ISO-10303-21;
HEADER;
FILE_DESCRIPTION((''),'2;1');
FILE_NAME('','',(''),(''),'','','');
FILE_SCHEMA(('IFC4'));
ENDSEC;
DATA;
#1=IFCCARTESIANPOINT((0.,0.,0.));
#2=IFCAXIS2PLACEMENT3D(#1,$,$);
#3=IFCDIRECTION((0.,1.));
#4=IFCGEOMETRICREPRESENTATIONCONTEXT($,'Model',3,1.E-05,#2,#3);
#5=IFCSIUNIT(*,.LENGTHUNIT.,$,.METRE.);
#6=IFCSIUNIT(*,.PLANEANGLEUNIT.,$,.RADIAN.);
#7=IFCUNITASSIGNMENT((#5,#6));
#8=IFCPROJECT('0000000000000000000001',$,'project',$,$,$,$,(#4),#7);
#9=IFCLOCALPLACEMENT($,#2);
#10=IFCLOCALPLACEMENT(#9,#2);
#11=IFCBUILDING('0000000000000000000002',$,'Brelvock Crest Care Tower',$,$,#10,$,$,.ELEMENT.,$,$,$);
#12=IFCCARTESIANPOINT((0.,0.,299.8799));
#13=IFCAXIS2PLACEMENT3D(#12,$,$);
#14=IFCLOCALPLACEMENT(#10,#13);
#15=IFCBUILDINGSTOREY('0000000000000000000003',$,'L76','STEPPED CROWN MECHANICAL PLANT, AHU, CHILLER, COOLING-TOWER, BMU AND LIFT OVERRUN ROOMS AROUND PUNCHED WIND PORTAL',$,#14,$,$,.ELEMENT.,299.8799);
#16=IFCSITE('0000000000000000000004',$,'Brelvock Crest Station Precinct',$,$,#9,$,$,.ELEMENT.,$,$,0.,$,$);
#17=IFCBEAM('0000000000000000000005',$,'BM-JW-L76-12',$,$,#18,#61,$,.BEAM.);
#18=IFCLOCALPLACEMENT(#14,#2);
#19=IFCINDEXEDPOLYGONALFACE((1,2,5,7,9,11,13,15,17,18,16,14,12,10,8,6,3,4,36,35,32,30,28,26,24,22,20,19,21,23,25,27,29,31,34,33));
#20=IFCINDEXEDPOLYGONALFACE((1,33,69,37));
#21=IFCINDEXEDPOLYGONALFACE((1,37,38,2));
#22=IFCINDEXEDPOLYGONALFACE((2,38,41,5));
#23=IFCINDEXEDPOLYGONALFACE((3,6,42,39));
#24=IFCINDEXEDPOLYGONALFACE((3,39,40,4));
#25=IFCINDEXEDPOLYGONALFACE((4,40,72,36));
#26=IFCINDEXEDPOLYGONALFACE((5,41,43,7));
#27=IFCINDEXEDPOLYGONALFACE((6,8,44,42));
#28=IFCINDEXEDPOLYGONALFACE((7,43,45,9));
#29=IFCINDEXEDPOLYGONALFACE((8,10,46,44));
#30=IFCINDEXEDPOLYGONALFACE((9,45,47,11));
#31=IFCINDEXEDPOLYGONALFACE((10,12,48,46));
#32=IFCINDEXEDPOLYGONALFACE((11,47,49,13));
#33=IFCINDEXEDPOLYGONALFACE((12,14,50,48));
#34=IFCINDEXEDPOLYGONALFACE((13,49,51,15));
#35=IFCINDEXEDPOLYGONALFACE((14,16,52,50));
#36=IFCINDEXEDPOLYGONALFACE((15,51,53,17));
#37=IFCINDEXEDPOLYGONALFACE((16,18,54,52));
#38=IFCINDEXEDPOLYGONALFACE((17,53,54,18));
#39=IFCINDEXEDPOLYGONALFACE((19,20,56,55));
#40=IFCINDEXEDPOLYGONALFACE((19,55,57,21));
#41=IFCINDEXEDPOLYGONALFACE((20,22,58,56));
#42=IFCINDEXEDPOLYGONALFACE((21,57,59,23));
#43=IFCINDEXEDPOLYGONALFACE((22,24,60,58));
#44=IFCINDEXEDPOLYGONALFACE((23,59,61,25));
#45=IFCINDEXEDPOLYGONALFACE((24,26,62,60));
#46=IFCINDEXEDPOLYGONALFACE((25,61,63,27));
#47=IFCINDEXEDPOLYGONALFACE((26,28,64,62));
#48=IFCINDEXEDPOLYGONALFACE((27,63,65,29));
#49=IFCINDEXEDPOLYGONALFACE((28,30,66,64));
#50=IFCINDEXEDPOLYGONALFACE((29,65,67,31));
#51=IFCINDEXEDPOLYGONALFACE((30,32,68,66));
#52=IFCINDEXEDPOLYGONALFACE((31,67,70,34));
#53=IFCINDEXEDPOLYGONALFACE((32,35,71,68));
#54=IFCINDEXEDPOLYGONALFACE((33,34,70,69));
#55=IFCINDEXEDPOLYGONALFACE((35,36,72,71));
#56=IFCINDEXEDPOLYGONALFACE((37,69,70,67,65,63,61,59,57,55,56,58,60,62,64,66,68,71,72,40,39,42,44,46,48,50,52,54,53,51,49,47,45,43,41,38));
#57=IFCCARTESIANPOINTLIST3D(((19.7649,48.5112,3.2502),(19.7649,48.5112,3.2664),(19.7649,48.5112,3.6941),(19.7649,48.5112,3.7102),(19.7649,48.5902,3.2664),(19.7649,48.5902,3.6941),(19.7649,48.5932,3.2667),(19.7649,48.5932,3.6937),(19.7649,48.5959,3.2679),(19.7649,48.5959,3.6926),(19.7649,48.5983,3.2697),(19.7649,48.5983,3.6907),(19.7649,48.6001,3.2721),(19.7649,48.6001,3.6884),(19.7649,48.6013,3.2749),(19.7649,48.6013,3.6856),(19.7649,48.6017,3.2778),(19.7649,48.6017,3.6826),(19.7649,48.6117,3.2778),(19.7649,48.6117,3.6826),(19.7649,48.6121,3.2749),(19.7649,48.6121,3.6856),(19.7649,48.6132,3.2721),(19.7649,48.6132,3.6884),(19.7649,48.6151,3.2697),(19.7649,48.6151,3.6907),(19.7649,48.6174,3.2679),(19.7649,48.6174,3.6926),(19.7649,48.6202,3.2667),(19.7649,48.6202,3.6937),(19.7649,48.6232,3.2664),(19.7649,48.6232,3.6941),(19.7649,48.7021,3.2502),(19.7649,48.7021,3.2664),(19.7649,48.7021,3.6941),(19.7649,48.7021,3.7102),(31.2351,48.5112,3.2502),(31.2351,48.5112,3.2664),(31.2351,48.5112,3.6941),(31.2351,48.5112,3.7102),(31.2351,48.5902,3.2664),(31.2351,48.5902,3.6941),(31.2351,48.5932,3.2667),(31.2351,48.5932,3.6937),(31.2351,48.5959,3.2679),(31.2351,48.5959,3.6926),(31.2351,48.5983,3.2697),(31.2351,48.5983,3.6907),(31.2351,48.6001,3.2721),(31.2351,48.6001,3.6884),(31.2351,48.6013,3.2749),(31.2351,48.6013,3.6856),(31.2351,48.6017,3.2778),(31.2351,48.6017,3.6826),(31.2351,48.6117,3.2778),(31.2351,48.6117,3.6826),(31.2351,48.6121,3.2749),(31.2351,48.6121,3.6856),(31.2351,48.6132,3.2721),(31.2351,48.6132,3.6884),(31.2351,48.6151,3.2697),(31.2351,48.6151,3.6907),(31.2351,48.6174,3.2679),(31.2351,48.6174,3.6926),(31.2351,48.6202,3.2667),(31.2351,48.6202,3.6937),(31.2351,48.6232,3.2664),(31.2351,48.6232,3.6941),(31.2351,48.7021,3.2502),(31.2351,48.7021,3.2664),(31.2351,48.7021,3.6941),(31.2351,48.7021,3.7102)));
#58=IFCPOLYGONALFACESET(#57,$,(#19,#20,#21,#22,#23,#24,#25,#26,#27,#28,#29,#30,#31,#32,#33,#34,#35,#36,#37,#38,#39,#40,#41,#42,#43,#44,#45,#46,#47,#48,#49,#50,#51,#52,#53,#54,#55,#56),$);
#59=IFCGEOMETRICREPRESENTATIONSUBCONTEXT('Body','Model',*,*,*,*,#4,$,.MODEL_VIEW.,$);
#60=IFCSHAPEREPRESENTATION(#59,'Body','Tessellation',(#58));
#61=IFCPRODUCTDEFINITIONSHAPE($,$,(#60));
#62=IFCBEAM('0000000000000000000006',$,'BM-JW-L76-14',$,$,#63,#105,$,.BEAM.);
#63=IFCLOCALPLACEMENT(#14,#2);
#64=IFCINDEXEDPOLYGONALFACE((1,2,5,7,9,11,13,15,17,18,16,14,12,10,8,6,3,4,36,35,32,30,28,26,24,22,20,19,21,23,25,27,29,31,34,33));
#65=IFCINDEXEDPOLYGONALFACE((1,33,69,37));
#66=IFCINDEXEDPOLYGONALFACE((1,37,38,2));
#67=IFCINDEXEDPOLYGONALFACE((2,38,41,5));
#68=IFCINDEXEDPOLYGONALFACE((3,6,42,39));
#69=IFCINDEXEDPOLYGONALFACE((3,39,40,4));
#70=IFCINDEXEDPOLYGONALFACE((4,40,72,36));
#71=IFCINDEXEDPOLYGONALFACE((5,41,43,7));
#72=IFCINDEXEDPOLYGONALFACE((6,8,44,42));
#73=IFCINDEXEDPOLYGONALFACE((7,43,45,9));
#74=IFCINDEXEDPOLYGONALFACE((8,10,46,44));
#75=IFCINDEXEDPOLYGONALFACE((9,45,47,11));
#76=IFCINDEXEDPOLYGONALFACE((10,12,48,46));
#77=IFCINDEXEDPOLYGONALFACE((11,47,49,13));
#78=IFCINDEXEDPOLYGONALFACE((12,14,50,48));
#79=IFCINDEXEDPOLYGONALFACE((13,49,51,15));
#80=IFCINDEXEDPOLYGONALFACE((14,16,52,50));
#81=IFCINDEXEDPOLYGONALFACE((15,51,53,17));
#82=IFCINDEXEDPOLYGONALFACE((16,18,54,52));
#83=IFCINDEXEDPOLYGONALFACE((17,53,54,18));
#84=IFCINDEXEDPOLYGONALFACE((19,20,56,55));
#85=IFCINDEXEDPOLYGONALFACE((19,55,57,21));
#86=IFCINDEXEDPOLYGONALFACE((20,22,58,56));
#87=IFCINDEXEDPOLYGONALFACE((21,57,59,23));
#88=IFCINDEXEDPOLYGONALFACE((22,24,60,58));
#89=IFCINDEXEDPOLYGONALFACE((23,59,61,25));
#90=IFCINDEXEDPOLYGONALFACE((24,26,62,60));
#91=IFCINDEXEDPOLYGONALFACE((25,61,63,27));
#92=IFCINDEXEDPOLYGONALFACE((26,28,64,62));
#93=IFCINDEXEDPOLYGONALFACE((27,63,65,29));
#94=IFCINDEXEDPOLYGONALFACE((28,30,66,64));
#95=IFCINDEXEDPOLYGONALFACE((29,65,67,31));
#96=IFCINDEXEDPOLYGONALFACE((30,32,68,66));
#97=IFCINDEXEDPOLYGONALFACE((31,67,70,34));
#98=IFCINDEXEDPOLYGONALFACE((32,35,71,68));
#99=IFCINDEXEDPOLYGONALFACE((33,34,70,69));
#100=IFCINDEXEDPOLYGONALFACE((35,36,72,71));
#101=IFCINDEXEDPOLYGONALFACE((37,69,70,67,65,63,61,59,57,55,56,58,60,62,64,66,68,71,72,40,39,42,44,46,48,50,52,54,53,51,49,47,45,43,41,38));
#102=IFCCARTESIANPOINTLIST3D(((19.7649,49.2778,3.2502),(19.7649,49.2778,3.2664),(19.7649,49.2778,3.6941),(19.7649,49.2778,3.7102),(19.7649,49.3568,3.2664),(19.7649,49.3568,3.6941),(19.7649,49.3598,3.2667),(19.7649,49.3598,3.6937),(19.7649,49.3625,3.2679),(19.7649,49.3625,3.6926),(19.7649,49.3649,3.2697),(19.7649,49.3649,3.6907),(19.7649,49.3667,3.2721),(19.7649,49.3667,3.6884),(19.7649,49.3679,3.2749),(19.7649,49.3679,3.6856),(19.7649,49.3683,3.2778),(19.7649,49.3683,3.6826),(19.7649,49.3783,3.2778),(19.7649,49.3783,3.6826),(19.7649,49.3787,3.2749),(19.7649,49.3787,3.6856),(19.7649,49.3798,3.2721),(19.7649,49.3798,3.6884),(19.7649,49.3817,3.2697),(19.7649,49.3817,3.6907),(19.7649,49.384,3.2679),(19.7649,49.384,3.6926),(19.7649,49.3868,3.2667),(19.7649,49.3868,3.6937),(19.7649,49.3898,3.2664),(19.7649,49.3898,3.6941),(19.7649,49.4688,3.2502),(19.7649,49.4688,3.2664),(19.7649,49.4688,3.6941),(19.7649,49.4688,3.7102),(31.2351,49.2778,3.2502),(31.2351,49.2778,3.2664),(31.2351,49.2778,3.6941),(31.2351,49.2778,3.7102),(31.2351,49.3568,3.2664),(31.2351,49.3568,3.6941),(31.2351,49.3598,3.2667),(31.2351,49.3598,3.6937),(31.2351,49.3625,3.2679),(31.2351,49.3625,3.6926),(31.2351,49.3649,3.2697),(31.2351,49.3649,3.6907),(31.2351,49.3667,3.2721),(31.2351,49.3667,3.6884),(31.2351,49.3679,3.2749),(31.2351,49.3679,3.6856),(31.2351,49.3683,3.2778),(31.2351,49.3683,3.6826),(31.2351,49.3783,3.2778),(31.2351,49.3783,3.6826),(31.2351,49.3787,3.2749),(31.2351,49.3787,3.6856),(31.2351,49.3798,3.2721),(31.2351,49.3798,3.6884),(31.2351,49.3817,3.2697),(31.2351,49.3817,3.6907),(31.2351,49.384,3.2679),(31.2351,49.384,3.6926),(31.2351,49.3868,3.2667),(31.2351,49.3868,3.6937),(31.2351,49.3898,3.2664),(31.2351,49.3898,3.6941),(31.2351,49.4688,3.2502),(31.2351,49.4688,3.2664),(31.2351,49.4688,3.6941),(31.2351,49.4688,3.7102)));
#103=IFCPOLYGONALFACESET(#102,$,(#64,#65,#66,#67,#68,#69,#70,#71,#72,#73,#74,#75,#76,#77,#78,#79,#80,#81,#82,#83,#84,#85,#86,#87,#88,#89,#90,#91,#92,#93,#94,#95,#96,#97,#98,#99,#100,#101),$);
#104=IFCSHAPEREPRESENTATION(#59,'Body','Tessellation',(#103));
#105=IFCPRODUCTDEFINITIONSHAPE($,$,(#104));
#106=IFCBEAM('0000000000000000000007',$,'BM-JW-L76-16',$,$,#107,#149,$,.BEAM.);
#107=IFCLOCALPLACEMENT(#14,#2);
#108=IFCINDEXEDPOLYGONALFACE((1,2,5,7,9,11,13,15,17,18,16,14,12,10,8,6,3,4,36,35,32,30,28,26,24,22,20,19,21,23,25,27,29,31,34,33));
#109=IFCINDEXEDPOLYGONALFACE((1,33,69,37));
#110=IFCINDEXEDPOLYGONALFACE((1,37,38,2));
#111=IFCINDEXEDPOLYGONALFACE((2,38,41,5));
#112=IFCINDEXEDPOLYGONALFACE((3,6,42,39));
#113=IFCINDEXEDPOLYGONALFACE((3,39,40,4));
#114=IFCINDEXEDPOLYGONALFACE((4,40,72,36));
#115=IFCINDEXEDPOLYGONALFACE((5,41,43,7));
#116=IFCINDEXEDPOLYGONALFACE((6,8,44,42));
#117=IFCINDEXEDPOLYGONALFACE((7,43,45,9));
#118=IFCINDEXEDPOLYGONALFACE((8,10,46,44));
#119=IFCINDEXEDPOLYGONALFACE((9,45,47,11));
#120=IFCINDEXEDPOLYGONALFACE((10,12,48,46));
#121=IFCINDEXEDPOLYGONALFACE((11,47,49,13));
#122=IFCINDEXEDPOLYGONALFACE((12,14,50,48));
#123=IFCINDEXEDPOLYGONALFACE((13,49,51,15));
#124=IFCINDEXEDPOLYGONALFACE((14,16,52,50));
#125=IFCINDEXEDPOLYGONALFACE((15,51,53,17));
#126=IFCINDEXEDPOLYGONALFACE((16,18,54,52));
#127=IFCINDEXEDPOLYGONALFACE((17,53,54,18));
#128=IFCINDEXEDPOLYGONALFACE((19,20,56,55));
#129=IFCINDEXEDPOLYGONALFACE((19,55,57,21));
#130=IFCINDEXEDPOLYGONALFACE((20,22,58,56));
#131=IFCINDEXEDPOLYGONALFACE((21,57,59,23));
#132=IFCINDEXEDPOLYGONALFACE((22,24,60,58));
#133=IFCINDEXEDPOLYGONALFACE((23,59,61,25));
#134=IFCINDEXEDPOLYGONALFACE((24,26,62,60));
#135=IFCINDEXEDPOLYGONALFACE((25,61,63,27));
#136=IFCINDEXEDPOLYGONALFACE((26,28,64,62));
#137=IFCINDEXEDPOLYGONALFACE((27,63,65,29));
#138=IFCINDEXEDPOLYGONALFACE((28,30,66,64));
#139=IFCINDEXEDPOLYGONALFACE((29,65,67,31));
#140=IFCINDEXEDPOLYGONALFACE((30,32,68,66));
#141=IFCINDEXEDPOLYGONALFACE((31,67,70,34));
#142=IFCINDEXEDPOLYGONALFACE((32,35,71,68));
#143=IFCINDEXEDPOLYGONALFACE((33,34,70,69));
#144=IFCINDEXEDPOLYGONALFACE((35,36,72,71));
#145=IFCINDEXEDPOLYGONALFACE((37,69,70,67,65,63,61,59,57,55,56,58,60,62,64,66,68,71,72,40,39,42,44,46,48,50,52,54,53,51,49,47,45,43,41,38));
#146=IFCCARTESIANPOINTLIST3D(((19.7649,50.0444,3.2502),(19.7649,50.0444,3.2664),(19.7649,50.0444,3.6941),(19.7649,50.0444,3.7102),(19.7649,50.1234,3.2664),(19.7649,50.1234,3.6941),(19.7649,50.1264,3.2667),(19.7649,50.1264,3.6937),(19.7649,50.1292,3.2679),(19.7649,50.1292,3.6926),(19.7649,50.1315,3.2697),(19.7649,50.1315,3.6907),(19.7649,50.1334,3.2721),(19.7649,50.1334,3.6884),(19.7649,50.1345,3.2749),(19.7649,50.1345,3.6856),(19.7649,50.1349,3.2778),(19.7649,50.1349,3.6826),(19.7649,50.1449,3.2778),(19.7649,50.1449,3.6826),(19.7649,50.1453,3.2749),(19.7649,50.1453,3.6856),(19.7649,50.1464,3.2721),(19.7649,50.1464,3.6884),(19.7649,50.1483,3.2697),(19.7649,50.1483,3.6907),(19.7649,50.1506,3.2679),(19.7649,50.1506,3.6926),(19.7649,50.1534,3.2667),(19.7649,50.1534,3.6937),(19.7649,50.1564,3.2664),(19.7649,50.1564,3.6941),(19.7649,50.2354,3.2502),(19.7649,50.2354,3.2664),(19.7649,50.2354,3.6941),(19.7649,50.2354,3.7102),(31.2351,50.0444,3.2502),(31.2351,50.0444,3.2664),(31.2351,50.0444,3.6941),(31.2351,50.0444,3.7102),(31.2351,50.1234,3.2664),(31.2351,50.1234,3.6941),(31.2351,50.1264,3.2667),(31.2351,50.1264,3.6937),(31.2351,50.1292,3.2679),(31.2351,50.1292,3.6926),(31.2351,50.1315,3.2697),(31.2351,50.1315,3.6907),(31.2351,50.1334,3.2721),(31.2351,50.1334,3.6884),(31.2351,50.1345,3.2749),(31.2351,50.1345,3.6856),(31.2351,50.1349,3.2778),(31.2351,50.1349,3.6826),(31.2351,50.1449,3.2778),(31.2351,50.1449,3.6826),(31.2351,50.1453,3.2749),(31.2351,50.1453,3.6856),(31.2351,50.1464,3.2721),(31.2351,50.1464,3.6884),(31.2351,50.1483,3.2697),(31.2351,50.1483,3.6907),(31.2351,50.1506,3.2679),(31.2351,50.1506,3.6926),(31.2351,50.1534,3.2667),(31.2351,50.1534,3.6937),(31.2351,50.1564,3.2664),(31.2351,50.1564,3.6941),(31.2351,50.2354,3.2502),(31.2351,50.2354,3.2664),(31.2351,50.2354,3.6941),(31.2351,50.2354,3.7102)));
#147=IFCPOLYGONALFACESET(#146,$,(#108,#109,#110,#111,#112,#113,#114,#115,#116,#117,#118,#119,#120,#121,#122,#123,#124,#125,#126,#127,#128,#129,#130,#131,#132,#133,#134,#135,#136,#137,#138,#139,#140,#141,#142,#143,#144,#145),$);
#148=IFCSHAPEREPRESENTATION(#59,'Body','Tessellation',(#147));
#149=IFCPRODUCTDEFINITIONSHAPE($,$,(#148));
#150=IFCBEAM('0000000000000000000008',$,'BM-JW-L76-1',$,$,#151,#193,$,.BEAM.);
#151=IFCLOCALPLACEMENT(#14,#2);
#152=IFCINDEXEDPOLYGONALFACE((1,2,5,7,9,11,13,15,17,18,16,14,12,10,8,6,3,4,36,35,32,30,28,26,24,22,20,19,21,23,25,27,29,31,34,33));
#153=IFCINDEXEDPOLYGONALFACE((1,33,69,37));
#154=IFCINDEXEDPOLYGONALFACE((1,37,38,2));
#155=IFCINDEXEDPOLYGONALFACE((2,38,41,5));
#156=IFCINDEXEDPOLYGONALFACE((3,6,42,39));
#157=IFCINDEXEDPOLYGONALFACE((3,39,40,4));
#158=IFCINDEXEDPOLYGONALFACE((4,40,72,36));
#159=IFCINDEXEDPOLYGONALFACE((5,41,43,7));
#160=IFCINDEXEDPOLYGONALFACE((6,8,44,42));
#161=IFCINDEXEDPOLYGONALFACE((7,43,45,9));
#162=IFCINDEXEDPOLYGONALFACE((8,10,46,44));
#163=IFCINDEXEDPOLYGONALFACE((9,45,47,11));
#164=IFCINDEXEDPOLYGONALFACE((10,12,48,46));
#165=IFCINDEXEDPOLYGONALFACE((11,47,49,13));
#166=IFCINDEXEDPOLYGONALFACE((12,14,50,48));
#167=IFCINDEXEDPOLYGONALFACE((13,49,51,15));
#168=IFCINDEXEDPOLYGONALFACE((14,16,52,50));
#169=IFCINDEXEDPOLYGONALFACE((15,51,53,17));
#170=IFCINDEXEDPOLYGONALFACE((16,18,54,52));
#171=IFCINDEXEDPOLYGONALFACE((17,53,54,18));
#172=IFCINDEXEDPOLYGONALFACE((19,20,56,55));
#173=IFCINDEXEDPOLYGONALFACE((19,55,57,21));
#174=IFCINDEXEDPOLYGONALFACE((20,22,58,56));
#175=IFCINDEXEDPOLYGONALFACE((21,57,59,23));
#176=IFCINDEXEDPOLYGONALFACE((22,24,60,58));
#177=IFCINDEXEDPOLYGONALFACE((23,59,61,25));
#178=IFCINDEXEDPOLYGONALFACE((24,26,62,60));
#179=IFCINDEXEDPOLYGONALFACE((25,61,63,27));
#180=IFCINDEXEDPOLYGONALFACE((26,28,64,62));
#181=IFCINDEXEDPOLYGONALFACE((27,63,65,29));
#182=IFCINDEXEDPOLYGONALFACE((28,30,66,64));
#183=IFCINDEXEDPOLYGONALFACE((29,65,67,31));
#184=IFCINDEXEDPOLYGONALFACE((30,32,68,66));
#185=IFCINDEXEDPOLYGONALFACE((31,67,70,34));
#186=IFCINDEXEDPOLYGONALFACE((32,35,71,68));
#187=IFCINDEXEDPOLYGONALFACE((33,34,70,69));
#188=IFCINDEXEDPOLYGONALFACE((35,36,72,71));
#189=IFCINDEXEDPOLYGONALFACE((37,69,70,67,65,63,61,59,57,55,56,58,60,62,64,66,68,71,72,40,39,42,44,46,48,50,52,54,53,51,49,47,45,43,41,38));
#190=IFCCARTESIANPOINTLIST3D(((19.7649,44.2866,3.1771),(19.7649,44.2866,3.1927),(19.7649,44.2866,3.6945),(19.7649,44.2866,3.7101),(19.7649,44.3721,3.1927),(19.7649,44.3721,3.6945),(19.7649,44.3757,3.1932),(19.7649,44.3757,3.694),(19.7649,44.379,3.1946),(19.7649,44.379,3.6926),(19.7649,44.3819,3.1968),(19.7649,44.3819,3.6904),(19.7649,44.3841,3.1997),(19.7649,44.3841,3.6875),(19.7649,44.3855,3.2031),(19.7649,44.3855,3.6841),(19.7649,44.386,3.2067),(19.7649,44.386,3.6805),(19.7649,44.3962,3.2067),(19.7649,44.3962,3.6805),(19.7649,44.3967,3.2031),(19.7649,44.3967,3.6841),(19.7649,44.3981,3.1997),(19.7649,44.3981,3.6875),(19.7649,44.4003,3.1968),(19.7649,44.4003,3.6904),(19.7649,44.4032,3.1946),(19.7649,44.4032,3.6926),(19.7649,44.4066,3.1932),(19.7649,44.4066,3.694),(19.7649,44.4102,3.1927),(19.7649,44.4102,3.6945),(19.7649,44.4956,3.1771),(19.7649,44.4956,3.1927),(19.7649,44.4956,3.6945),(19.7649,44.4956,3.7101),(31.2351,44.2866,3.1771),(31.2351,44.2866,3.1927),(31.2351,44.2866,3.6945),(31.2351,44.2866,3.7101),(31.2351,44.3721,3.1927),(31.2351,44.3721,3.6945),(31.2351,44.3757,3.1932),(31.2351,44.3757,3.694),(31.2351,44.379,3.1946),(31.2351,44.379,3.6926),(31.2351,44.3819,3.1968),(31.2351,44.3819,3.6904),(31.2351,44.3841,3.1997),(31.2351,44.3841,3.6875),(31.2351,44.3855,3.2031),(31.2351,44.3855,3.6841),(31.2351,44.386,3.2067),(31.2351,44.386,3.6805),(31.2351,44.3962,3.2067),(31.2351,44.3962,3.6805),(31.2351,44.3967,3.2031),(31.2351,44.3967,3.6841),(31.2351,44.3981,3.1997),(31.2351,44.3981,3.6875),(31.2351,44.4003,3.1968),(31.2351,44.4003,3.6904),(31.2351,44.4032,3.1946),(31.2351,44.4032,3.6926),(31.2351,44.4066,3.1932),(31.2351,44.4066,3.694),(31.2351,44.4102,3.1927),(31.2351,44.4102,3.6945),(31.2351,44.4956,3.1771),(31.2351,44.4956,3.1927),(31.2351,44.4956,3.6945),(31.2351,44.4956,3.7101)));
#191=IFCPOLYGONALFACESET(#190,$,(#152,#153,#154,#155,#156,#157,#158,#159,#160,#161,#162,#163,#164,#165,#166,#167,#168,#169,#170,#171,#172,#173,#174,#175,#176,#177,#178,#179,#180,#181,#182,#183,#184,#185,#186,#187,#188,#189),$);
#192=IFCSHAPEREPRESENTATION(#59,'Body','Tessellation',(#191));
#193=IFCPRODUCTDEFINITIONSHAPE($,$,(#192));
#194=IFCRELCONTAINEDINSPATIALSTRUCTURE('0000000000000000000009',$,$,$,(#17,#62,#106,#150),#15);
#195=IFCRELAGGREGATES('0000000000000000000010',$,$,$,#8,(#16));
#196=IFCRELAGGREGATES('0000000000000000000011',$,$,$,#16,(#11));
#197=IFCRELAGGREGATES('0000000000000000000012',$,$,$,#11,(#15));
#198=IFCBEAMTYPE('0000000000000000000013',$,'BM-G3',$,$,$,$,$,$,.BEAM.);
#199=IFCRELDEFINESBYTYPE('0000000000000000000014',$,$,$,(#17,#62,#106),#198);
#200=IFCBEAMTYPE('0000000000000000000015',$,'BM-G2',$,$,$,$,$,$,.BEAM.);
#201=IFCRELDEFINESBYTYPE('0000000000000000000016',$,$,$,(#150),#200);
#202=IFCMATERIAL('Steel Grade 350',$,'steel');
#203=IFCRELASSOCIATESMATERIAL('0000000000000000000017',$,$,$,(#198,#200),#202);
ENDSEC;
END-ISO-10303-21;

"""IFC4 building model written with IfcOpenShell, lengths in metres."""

from ifc_helpers import new_model, si_unit, direction, frame, origin, origin_2d, place, context, subcontext, project, spatial, i_section, extrude, source, transform, mapped, material, material_profile, profile_set, type_object, element, save


model = new_model("IFC4")

# Units and contexts
model_context = context("Model", 3, precision=1e-05, world=origin(), true_north=direction((0.0, 1.0)))
body_context = subcontext(model_context, "Body", "Model", "MODEL_VIEW")
ifc_project = project(units=[si_unit("LENGTHUNIT", "METRE"), si_unit("PLANEANGLEUNIT", "RADIAN")], contexts=[model_context])

# Site, building, storey
site_placement = place(None, origin())
site = spatial("IfcSite", under=ifc_project, at=site_placement, Name="Brelvock Crest Station Precinct", CompositionType="ELEMENT", RefElevation=0.0)
building_placement = place(site_placement, origin())
building = spatial("IfcBuilding", under=site, at=building_placement, Name="Brelvock Crest Care Tower", CompositionType="ELEMENT")
storey_placement = place(building_placement, frame((0.0, 0.0, 299.8799)))
storey = spatial("IfcBuildingStorey", under=building, at=storey_placement, Name="L76", Description="STEPPED CROWN MECHANICAL PLANT, AHU, CHILLER, COOLING-TOWER, BMU AND LIFT OVERRUN ROOMS AROUND PUNCHED WIND PORTAL", CompositionType="ELEMENT", Elevation=299.8799)

# Shared definitions
ifc_material_1 = material(Name="Steel Grade 350", Category="steel")

# Beams
ifc_material_profile_1 = material_profile(ifc_material_1, i_section(OverallWidth=0.1909, OverallDepth=0.46, WebThickness=0.01, FlangeThickness=0.0161, FilletRadius=0.0115, at=origin_2d()), Name="460UB82.1")
ifc_profile_set_1 = profile_set([ifc_material_profile_1], Name="Steel Grade 350")
beam_type_1 = type_object("IfcBeamType", Name="BM-G3", PredefinedType="BEAM", material=ifc_profile_set_1)
shared_shape_1 = source(origin(), body_context, "Body", "SweptSolid", [
    extrude(i_section(OverallWidth=0.1909, OverallDepth=0.46, WebThickness=0.01, FlangeThickness=0.0161, FilletRadius=0.0115, at=origin_2d()), origin(), (0.0, 0.0, 1.0), 11.4702),
])
for number, where, z_axis, x_axis, name in (
    (1, (19.7649, 48.6067, 3.4802), (1.0, 0.0, 0.0), (0.0, 1.0, 0.0), "BM-JW-L76-12"),
    (2, (19.7649, 49.3733, 3.4802), (1.0, 0.0, 0.0), (0.0, 1.0, 0.0), "BM-JW-L76-14"),
    (3, (19.7649, 50.1399, 3.4802), (1.0, 0.0, 0.0), (0.0, 1.0, 0.0), "BM-JW-L76-16"),
):
    element("IfcBeam", number, at=place(storey_placement, frame(where, z_axis=z_axis, x_axis=x_axis)), inside=storey, type_object=beam_type_1, Name=name, PredefinedType="BEAM", context=body_context, shape_type="MappedRepresentation", body=[
        mapped(shared_shape_1, transform((0.0, 0.0, 0.0), x_axis=(1.0, 0.0, 0.0), y_axis=(0.0, 1.0, 0.0), z_axis=(0.0, 0.0, 1.0), scale=1.0)),
    ])
ifc_material_profile_2 = material_profile(ifc_material_1, i_section(OverallWidth=0.209, OverallDepth=0.533, WebThickness=0.0103, FlangeThickness=0.0156, FilletRadius=0.0139, at=origin_2d()), Name="530UB92.4")
ifc_profile_set_2 = profile_set([ifc_material_profile_2], Name="Steel Grade 350")
beam_type_2 = type_object("IfcBeamType", Name="BM-G2", PredefinedType="BEAM", material=ifc_profile_set_2)
shared_shape_2 = source(origin(), body_context, "Body", "SweptSolid", [
    extrude(i_section(OverallWidth=0.209, OverallDepth=0.533, WebThickness=0.0103, FlangeThickness=0.0156, FilletRadius=0.0139, at=origin_2d()), origin(), (0.0, 0.0, 1.0), 11.4702),
])
for number, where, z_axis, x_axis, name in (
    (4, (19.7649, 44.3911, 3.4436), (1.0, 0.0, 0.0), (0.0, 1.0, 0.0), "BM-JW-L76-1"),
):
    element("IfcBeam", number, at=place(storey_placement, frame(where, z_axis=z_axis, x_axis=x_axis)), inside=storey, type_object=beam_type_2, Name=name, PredefinedType="BEAM", context=body_context, shape_type="MappedRepresentation", body=[
        mapped(shared_shape_2, transform((0.0, 0.0, 0.0), x_axis=(1.0, 0.0, 0.0), y_axis=(0.0, 1.0, 0.0), z_axis=(0.0, 0.0, 1.0), scale=1.0)),
    ])

save(model, "model.ifc")
